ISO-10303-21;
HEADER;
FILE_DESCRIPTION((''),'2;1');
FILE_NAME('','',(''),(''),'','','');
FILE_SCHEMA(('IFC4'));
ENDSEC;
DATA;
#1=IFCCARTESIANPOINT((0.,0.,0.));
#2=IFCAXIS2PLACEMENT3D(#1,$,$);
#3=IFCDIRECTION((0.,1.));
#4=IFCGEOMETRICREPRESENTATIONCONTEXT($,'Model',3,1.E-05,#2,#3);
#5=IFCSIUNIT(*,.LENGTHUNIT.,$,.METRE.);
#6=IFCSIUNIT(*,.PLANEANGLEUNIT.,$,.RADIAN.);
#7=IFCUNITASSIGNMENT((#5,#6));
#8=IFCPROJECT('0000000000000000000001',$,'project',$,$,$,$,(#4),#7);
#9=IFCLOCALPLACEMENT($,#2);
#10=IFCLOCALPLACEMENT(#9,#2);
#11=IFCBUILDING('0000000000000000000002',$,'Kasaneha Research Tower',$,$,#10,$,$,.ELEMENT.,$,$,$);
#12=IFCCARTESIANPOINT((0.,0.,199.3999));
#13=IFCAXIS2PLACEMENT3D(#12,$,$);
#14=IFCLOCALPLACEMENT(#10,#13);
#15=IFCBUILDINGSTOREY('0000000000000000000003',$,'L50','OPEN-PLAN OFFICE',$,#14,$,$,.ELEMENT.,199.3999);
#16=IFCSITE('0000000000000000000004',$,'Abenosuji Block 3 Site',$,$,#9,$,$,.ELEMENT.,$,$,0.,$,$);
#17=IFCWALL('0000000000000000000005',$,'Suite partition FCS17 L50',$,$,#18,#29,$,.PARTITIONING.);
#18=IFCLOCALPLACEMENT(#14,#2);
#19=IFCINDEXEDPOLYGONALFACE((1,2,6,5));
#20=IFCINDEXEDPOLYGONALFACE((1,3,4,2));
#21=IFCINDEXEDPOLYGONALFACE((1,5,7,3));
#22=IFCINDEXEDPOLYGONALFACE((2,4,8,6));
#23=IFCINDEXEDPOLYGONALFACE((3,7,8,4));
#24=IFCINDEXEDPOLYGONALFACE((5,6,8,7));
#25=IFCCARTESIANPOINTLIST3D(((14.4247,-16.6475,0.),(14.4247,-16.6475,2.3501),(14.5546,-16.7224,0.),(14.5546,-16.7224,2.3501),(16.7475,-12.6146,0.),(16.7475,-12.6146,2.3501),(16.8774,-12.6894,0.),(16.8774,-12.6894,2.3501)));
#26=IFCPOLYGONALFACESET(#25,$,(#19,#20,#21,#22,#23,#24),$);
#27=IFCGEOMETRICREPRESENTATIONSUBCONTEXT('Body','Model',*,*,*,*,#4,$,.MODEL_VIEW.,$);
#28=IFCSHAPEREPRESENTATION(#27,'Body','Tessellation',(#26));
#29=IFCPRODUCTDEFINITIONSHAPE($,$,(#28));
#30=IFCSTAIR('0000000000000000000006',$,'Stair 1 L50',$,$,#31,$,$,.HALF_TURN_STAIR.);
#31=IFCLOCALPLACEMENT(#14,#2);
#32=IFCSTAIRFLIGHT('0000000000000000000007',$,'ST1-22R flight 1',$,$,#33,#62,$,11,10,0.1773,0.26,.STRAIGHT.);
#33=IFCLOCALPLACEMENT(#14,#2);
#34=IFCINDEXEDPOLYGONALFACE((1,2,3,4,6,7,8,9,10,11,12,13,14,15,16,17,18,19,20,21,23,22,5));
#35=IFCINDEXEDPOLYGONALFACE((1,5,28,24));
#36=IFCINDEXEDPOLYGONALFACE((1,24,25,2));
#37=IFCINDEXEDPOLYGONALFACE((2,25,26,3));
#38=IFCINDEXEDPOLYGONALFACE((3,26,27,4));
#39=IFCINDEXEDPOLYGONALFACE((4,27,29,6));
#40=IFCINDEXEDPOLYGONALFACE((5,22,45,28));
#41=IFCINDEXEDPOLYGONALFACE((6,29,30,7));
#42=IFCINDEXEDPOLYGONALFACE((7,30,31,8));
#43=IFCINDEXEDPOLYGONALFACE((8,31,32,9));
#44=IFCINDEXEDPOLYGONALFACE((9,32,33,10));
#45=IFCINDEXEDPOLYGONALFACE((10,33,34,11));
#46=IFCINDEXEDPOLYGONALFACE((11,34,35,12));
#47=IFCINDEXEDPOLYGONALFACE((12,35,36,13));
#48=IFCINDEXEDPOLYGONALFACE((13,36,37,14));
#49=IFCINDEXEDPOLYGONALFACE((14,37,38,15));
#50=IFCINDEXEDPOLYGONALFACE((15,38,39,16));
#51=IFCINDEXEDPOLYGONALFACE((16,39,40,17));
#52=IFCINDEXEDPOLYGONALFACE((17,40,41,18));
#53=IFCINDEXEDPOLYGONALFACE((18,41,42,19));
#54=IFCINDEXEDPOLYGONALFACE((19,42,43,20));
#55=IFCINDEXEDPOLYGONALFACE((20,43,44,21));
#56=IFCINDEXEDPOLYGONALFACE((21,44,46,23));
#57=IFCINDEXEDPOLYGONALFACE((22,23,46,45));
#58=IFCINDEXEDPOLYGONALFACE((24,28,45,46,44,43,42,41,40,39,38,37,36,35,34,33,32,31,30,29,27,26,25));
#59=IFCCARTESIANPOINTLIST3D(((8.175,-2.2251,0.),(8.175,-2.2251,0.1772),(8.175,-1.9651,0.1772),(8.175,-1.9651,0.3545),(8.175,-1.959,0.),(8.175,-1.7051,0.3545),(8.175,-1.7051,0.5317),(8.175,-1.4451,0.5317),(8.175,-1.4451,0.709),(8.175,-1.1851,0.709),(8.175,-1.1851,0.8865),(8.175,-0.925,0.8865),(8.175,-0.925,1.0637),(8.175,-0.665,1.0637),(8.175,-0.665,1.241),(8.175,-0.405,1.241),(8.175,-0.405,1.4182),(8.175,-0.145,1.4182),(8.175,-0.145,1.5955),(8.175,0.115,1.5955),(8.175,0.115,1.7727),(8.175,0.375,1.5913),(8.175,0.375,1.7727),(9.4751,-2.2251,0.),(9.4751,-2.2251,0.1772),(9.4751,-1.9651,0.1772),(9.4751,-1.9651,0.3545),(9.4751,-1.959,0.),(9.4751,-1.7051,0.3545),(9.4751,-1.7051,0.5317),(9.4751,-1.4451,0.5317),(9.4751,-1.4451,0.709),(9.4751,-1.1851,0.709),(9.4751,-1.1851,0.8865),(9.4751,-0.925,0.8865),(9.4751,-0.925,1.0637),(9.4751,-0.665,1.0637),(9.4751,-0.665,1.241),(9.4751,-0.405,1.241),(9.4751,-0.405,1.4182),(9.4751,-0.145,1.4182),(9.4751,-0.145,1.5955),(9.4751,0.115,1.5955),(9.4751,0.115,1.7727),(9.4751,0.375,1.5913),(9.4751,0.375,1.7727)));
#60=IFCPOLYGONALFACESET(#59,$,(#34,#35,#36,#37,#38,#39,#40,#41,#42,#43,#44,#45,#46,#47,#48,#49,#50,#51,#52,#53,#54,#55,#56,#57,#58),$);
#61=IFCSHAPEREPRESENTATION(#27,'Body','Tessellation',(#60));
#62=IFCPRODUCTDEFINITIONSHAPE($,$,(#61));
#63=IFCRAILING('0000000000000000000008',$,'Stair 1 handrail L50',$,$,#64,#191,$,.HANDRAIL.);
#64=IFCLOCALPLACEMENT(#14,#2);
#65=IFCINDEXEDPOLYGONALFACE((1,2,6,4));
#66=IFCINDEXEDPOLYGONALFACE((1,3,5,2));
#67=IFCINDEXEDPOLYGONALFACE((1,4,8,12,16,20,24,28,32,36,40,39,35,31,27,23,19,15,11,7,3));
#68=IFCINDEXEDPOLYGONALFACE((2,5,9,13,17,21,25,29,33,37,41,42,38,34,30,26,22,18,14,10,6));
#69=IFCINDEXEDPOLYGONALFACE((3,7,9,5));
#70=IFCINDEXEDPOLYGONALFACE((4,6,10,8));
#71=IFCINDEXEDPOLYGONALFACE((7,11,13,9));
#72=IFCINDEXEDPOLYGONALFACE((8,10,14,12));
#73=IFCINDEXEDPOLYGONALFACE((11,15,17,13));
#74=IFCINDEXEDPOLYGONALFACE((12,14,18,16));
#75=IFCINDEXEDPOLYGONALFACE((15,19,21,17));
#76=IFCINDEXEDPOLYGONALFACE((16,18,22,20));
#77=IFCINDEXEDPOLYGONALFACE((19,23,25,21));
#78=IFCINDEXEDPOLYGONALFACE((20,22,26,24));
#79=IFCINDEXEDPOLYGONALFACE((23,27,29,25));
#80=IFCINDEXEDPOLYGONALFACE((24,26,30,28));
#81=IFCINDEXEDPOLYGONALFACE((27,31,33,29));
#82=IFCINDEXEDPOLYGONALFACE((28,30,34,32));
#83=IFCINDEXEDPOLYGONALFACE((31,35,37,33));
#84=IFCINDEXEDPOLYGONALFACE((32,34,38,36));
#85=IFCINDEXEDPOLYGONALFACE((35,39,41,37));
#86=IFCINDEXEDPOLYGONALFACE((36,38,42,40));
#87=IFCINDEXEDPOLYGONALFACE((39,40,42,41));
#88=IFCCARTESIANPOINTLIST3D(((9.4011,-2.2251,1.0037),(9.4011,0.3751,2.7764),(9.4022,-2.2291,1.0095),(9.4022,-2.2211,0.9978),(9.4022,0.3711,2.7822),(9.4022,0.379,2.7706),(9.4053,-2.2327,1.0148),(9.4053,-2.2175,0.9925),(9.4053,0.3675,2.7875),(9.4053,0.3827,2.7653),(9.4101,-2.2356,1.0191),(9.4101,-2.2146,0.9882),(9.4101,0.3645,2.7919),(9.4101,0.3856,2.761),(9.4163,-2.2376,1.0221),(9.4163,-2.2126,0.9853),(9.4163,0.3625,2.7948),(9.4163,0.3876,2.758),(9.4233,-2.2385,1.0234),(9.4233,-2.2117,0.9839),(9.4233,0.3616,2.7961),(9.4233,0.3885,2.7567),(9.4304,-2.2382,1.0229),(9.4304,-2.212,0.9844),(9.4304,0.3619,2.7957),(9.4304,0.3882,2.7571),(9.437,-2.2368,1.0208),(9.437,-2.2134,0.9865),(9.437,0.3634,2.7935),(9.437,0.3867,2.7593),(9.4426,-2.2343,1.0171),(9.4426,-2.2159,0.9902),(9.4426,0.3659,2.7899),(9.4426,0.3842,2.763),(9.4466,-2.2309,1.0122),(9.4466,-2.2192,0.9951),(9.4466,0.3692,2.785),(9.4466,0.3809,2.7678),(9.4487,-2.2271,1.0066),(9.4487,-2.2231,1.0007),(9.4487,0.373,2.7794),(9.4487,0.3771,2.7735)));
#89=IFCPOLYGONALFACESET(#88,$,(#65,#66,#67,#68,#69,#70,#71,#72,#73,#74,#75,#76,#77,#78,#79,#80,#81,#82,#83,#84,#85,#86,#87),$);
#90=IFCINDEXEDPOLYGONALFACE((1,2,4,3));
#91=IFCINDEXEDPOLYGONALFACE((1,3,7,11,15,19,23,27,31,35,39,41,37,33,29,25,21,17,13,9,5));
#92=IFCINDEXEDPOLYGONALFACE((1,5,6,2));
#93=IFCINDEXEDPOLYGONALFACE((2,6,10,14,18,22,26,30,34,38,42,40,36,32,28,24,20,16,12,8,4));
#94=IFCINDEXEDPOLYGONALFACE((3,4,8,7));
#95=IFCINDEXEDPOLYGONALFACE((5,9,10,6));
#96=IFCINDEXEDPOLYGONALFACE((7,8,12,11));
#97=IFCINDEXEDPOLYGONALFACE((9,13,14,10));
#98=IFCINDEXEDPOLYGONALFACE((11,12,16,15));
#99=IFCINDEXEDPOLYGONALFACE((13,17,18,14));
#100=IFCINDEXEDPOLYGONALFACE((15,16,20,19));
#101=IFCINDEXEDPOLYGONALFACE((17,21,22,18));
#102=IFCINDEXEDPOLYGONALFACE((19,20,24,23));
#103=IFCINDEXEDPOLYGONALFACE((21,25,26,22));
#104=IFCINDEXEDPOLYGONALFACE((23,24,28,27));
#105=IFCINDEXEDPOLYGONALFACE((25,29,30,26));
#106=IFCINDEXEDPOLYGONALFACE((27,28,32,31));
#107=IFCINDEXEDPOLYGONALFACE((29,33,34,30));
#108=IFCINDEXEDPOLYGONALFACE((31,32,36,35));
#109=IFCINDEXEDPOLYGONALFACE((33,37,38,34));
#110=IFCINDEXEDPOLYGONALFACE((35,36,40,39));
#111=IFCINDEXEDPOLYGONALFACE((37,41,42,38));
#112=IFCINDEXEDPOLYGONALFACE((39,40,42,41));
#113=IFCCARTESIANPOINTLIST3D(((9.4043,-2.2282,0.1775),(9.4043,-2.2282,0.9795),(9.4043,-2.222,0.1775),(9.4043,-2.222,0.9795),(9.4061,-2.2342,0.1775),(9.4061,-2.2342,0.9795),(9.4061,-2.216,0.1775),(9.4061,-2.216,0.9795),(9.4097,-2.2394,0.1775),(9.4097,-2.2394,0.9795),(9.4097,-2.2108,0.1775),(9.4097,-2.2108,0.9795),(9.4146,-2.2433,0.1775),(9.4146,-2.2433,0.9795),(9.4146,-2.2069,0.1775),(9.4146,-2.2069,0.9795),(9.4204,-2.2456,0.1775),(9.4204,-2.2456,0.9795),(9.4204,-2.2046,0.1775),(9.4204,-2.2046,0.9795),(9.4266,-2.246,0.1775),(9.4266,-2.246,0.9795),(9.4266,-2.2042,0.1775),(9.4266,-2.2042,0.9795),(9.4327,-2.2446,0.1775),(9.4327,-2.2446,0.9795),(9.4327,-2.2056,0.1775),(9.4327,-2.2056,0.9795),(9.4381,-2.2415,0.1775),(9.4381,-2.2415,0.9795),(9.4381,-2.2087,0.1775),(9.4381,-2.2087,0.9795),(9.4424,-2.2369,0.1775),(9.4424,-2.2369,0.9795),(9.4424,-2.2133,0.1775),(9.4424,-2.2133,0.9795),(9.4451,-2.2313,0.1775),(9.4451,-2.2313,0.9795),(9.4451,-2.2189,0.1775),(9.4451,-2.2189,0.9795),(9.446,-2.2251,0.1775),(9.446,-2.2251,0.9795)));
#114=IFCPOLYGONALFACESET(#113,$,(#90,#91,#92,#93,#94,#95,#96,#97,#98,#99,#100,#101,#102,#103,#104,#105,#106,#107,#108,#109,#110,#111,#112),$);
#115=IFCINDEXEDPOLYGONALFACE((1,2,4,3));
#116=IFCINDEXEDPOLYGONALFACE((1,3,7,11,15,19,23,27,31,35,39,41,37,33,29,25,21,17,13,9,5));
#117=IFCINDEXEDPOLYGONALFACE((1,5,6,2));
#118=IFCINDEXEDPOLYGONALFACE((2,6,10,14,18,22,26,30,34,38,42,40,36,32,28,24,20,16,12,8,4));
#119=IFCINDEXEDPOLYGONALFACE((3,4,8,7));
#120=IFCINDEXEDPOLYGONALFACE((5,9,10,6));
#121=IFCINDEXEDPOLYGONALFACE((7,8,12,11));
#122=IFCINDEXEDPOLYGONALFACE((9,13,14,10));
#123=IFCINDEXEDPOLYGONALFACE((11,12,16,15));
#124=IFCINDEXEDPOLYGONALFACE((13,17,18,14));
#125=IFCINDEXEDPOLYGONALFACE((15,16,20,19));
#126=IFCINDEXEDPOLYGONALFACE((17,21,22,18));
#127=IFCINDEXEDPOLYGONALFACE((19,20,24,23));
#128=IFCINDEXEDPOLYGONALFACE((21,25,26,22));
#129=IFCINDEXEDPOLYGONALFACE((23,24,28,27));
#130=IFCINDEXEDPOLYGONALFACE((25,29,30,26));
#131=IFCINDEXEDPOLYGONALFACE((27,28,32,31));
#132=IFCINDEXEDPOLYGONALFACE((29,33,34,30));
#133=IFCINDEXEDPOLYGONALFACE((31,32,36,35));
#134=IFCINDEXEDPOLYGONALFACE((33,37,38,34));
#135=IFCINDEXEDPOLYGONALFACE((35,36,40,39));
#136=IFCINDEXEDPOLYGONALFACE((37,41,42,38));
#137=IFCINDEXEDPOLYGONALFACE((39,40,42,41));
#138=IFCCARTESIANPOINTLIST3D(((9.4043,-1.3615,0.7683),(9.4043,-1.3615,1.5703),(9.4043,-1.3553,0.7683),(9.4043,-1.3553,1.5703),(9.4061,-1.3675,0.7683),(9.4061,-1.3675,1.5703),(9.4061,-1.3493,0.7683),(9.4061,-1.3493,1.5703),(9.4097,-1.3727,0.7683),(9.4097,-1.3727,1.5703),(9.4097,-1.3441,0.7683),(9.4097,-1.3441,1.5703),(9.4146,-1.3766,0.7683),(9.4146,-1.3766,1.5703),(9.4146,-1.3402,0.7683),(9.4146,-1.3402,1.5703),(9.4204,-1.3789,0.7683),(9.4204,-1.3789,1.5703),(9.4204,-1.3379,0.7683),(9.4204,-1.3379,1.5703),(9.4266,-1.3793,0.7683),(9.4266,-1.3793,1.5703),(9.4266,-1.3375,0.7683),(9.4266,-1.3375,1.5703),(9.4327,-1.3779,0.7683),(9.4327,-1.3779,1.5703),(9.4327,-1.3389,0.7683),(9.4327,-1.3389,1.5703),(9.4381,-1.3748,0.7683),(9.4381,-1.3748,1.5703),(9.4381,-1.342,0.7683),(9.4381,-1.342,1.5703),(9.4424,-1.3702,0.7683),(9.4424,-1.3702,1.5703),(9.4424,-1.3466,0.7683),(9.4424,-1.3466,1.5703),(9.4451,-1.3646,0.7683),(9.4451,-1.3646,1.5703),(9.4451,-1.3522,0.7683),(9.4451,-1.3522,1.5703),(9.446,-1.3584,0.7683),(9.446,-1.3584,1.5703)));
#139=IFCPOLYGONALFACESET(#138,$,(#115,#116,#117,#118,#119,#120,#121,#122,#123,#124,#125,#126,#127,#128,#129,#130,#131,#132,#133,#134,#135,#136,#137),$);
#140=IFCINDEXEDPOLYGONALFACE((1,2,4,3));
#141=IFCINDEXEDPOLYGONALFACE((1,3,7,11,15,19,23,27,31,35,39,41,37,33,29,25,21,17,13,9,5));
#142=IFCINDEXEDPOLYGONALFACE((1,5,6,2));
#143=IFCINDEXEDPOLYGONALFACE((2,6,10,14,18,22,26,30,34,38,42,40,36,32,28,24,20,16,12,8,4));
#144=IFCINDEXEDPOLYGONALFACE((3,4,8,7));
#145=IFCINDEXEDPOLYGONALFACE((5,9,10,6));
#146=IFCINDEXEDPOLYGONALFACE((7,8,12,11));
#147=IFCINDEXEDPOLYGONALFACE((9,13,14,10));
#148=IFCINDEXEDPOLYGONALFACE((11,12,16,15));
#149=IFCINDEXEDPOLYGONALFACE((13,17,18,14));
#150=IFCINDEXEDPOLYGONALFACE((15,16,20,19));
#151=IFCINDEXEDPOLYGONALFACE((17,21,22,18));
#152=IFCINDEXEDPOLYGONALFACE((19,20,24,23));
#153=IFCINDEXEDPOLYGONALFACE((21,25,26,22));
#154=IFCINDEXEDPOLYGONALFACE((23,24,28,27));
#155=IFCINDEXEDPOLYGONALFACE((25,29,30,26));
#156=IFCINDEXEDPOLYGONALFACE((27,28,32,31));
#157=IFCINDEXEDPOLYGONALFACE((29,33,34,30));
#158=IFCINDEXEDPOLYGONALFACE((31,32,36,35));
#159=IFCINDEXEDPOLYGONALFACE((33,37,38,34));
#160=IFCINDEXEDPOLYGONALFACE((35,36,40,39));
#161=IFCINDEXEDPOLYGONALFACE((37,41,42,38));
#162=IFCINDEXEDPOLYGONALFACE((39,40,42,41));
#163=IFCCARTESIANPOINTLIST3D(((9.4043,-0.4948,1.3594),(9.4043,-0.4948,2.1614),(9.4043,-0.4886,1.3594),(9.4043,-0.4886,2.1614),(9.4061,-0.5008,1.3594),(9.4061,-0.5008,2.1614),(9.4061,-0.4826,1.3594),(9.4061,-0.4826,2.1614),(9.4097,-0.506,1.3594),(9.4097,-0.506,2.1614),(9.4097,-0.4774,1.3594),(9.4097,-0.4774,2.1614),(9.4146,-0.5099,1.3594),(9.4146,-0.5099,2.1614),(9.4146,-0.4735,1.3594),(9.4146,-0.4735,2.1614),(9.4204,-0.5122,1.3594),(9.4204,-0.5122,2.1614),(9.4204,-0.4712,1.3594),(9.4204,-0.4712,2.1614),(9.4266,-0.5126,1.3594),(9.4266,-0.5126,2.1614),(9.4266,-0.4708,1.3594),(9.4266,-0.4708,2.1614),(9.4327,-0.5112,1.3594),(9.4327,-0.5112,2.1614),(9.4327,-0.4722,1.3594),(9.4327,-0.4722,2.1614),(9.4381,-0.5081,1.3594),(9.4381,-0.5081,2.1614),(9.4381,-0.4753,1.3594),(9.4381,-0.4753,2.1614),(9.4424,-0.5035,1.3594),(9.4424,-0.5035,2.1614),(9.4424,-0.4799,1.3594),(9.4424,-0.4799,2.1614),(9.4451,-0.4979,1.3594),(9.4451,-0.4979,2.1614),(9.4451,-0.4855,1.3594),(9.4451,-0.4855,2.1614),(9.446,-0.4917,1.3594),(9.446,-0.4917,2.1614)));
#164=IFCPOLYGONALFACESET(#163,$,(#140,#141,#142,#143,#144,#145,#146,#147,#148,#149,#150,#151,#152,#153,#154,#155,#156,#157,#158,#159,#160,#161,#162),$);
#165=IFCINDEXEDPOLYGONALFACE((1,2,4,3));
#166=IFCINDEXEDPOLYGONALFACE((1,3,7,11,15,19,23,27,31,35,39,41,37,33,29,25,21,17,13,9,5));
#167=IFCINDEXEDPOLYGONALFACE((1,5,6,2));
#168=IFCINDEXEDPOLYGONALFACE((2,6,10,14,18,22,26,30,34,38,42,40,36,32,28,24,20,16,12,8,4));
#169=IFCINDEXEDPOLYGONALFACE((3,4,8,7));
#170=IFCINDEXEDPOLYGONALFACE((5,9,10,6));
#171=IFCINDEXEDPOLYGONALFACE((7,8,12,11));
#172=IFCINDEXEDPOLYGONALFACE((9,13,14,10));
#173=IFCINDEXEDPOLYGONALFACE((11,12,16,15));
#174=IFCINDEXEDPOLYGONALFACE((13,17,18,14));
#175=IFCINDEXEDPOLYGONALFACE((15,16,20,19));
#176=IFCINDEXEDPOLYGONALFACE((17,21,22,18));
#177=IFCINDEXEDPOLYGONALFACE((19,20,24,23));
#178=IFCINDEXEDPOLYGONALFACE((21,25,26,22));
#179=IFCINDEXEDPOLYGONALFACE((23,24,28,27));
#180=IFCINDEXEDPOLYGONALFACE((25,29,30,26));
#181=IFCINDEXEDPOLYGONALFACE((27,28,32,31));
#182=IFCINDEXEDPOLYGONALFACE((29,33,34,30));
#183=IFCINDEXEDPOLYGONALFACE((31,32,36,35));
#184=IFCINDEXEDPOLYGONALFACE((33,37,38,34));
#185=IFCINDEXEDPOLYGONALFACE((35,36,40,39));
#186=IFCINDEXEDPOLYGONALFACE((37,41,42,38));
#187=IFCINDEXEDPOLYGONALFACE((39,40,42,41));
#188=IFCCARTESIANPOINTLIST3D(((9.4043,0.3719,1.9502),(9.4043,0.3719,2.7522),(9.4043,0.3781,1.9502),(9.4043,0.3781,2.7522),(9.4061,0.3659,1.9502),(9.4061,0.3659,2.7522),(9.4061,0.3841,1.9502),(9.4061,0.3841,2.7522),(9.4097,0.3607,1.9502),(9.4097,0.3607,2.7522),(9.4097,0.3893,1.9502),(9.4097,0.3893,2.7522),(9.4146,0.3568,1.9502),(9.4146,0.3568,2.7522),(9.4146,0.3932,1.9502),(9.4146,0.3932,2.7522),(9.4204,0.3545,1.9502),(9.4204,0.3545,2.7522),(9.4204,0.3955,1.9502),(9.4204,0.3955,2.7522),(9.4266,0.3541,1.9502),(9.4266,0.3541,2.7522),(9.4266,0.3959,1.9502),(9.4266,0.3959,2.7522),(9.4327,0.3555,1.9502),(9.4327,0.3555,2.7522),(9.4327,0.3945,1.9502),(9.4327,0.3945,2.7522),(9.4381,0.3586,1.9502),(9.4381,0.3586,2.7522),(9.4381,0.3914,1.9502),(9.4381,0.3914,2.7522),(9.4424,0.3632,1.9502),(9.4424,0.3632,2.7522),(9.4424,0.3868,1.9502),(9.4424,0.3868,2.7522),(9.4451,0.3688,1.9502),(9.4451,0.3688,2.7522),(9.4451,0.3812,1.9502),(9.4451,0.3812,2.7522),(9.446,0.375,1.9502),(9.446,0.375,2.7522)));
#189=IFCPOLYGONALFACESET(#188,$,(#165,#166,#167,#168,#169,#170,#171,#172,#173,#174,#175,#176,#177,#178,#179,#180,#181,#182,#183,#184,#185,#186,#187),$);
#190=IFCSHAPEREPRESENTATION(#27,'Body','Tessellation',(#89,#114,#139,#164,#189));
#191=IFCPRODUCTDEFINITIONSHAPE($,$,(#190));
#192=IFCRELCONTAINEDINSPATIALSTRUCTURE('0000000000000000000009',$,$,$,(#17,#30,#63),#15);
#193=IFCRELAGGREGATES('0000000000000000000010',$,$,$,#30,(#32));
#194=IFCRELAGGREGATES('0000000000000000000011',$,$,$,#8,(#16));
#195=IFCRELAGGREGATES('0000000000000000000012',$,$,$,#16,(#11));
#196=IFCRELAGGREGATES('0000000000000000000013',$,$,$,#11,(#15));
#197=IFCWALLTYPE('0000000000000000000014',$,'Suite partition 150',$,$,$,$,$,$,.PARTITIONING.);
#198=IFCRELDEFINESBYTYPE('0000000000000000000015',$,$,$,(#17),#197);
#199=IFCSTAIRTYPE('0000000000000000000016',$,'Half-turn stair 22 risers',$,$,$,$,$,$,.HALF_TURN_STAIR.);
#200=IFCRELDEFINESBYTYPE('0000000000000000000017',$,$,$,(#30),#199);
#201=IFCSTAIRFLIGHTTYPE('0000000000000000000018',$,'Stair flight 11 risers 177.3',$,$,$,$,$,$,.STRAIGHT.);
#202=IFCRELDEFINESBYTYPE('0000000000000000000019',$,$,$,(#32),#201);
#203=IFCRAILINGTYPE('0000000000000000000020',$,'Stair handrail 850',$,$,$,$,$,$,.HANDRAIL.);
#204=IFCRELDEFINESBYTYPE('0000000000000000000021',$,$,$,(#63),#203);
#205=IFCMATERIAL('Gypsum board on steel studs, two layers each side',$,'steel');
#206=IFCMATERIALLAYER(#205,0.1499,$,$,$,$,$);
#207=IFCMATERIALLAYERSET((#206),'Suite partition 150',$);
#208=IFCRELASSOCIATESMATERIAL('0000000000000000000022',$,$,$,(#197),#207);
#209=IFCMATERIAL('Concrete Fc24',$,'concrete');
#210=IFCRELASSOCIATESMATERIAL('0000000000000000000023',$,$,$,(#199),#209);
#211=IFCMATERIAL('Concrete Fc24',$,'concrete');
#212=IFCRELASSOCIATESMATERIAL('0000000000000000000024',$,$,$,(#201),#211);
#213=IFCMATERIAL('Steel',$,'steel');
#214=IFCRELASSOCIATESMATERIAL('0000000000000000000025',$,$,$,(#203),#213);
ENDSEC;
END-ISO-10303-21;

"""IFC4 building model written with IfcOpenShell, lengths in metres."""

from ifc_helpers import new_model, si_unit, direction, frame, frame_2d, origin, origin_2d, place, context, subcontext, project, spatial, polyline, rectangle, circle, outline, extrude, material, layer, layer_set, type_object, element, aggregate, save


model = new_model("IFC4")

# Units and contexts
model_context = context("Model", 3, precision=1e-05, world=origin(), true_north=direction((0.0, 1.0)))
body_context = subcontext(model_context, "Body", "Model", "MODEL_VIEW")
ifc_project = project(units=[si_unit("LENGTHUNIT", "METRE"), si_unit("PLANEANGLEUNIT", "RADIAN")], contexts=[model_context])

# Site, building, storey
site_placement = place(None, origin())
site = spatial("IfcSite", under=ifc_project, at=site_placement, Name="Abenosuji Block 3 Site", CompositionType="ELEMENT", RefElevation=0.0)
building_placement = place(site_placement, origin())
building = spatial("IfcBuilding", under=site, at=building_placement, Name="Kasaneha Research Tower", CompositionType="ELEMENT")
storey_placement = place(building_placement, frame((0.0, 0.0, 199.3999)))
storey = spatial("IfcBuildingStorey", under=building, at=storey_placement, Name="L50", Description="OPEN-PLAN OFFICE", CompositionType="ELEMENT", Elevation=199.3999)

# Wall
ifc_material_1 = material(Name="Gypsum board on steel studs, two layers each side", Category="steel")
ifc_layer_1 = layer(ifc_material_1, 0.1499)
ifc_layer_set_1 = layer_set([ifc_layer_1], Name="Suite partition 150")
wall_type_1 = type_object("IfcWallType", Name="Suite partition 150", PredefinedType="PARTITIONING", material=ifc_layer_set_1)
wall_1_placement = place(storey_placement, frame((16.8125, -12.6519, 0.0), z_axis=(0.0, 0.0, 1.0), x_axis=(-0.499085, -0.866553, 0.0)))
element("IfcWall", 1, at=wall_1_placement, inside=storey, type_object=wall_type_1, Name="Suite partition FCS17 L50", PredefinedType="PARTITIONING", context=body_context, shape_type="SweptSolid", body=[
    extrude(rectangle(XDim=4.6541, YDim=0.1499, at=frame_2d((2.3271, 0.0))), origin(), (0.0, 0.0, 1.0), 2.3501),
])

# Stair, stair flight
ifc_material_2 = material(Name="Concrete Fc24", Category="concrete")
stair_type = type_object("IfcStairType", Name="Half-turn stair 22 risers", PredefinedType="HALF_TURN_STAIR", material=ifc_material_2)
stair_placement = place(storey_placement, origin())
stair = element("IfcStair", 2, at=stair_placement, inside=storey, type_object=stair_type, Name="Stair 1 L50", PredefinedType="HALF_TURN_STAIR")
ifc_material_3 = material(Name="Concrete Fc24", Category="concrete")
stair_flight_type = type_object("IfcStairFlightType", Name="Stair flight 11 risers 177.3", PredefinedType="STRAIGHT", material=ifc_material_3)
stair_flight_placement = place(storey_placement, frame((8.825, -2.2251, 0.0), z_axis=(0.0, 0.0, 1.0), x_axis=(0.0, 1.0, 0.0)))
stair_flight = element("IfcStairFlight", 3, at=stair_flight_placement, type_object=stair_flight_type, Name="ST1-22R flight 1", NumberOfRisers=11, NumberOfTreads=10, PredefinedType="STRAIGHT", RiserHeight=0.1773, TreadLength=0.26, context=body_context, shape_type="SweptSolid", body=[
    extrude(outline(polyline([(0.0, 0.0), (0.0, 0.1772), (0.26, 0.1772), (0.26, 0.3545), (0.52, 0.3545), (0.52, 0.5317), (0.78, 0.5317), (0.78, 0.709), (1.04, 0.709), (1.04, 0.8865), (1.3, 0.8865), (1.3, 1.0637), (1.5601, 1.0637), (1.5601, 1.241), (1.8201, 1.241), (1.8201, 1.4182), (2.0801, 1.4182), (2.0801, 1.5955), (2.3401, 1.5955), (2.3401, 1.7727), (2.6001, 1.7727), (2.6001, 1.95), (2.6001, 1.5913), (0.2661, 0.0), (0.0, 0.0)])), frame((0.0, 0.6499, 0.0), z_axis=(0.0, -1.0, 0.0), x_axis=(1.0, 0.0, 0.0)), (0.0, 0.0, 1.0), 1.3),
])
aggregate(stair, [stair_flight])

# Railing
ifc_material_4 = material(Name="Steel", Category="steel")
railing_type = type_object("IfcRailingType", Name="Stair handrail 850", PredefinedType="HANDRAIL", material=ifc_material_4)
railing_placement = place(storey_placement, frame((9.425, -2.2251, 0.1775)))
element("IfcRailing", 4, at=railing_placement, inside=storey, type_object=railing_type, Name="Stair 1 handrail L50", PredefinedType="HANDRAIL", context=body_context, shape_type="SweptSolid", body=[
    extrude(circle(Radius=0.0239, at=origin_2d()), frame((0.0, 0.0, 0.8262), z_axis=(0.0, 0.82624, 0.563318), x_axis=(-1.0, 0.0, 0.0)), (0.0, 0.0, 1.0), 3.147),
    extrude(circle(Radius=0.021, at=origin_2d()), origin(), (0.0, 0.0, 1.0), 0.802),
    extrude(circle(Radius=0.021, at=origin_2d()), frame((0.0, 0.8667, 0.5908)), (0.0, 0.0, 1.0), 0.802),
    extrude(circle(Radius=0.021, at=origin_2d()), frame((0.0, 1.7334, 1.1819)), (0.0, 0.0, 1.0), 0.802),
    extrude(circle(Radius=0.021, at=origin_2d()), frame((0.0, 2.6001, 1.7727)), (0.0, 0.0, 1.0), 0.802),
])

save(model, "model.ifc")
